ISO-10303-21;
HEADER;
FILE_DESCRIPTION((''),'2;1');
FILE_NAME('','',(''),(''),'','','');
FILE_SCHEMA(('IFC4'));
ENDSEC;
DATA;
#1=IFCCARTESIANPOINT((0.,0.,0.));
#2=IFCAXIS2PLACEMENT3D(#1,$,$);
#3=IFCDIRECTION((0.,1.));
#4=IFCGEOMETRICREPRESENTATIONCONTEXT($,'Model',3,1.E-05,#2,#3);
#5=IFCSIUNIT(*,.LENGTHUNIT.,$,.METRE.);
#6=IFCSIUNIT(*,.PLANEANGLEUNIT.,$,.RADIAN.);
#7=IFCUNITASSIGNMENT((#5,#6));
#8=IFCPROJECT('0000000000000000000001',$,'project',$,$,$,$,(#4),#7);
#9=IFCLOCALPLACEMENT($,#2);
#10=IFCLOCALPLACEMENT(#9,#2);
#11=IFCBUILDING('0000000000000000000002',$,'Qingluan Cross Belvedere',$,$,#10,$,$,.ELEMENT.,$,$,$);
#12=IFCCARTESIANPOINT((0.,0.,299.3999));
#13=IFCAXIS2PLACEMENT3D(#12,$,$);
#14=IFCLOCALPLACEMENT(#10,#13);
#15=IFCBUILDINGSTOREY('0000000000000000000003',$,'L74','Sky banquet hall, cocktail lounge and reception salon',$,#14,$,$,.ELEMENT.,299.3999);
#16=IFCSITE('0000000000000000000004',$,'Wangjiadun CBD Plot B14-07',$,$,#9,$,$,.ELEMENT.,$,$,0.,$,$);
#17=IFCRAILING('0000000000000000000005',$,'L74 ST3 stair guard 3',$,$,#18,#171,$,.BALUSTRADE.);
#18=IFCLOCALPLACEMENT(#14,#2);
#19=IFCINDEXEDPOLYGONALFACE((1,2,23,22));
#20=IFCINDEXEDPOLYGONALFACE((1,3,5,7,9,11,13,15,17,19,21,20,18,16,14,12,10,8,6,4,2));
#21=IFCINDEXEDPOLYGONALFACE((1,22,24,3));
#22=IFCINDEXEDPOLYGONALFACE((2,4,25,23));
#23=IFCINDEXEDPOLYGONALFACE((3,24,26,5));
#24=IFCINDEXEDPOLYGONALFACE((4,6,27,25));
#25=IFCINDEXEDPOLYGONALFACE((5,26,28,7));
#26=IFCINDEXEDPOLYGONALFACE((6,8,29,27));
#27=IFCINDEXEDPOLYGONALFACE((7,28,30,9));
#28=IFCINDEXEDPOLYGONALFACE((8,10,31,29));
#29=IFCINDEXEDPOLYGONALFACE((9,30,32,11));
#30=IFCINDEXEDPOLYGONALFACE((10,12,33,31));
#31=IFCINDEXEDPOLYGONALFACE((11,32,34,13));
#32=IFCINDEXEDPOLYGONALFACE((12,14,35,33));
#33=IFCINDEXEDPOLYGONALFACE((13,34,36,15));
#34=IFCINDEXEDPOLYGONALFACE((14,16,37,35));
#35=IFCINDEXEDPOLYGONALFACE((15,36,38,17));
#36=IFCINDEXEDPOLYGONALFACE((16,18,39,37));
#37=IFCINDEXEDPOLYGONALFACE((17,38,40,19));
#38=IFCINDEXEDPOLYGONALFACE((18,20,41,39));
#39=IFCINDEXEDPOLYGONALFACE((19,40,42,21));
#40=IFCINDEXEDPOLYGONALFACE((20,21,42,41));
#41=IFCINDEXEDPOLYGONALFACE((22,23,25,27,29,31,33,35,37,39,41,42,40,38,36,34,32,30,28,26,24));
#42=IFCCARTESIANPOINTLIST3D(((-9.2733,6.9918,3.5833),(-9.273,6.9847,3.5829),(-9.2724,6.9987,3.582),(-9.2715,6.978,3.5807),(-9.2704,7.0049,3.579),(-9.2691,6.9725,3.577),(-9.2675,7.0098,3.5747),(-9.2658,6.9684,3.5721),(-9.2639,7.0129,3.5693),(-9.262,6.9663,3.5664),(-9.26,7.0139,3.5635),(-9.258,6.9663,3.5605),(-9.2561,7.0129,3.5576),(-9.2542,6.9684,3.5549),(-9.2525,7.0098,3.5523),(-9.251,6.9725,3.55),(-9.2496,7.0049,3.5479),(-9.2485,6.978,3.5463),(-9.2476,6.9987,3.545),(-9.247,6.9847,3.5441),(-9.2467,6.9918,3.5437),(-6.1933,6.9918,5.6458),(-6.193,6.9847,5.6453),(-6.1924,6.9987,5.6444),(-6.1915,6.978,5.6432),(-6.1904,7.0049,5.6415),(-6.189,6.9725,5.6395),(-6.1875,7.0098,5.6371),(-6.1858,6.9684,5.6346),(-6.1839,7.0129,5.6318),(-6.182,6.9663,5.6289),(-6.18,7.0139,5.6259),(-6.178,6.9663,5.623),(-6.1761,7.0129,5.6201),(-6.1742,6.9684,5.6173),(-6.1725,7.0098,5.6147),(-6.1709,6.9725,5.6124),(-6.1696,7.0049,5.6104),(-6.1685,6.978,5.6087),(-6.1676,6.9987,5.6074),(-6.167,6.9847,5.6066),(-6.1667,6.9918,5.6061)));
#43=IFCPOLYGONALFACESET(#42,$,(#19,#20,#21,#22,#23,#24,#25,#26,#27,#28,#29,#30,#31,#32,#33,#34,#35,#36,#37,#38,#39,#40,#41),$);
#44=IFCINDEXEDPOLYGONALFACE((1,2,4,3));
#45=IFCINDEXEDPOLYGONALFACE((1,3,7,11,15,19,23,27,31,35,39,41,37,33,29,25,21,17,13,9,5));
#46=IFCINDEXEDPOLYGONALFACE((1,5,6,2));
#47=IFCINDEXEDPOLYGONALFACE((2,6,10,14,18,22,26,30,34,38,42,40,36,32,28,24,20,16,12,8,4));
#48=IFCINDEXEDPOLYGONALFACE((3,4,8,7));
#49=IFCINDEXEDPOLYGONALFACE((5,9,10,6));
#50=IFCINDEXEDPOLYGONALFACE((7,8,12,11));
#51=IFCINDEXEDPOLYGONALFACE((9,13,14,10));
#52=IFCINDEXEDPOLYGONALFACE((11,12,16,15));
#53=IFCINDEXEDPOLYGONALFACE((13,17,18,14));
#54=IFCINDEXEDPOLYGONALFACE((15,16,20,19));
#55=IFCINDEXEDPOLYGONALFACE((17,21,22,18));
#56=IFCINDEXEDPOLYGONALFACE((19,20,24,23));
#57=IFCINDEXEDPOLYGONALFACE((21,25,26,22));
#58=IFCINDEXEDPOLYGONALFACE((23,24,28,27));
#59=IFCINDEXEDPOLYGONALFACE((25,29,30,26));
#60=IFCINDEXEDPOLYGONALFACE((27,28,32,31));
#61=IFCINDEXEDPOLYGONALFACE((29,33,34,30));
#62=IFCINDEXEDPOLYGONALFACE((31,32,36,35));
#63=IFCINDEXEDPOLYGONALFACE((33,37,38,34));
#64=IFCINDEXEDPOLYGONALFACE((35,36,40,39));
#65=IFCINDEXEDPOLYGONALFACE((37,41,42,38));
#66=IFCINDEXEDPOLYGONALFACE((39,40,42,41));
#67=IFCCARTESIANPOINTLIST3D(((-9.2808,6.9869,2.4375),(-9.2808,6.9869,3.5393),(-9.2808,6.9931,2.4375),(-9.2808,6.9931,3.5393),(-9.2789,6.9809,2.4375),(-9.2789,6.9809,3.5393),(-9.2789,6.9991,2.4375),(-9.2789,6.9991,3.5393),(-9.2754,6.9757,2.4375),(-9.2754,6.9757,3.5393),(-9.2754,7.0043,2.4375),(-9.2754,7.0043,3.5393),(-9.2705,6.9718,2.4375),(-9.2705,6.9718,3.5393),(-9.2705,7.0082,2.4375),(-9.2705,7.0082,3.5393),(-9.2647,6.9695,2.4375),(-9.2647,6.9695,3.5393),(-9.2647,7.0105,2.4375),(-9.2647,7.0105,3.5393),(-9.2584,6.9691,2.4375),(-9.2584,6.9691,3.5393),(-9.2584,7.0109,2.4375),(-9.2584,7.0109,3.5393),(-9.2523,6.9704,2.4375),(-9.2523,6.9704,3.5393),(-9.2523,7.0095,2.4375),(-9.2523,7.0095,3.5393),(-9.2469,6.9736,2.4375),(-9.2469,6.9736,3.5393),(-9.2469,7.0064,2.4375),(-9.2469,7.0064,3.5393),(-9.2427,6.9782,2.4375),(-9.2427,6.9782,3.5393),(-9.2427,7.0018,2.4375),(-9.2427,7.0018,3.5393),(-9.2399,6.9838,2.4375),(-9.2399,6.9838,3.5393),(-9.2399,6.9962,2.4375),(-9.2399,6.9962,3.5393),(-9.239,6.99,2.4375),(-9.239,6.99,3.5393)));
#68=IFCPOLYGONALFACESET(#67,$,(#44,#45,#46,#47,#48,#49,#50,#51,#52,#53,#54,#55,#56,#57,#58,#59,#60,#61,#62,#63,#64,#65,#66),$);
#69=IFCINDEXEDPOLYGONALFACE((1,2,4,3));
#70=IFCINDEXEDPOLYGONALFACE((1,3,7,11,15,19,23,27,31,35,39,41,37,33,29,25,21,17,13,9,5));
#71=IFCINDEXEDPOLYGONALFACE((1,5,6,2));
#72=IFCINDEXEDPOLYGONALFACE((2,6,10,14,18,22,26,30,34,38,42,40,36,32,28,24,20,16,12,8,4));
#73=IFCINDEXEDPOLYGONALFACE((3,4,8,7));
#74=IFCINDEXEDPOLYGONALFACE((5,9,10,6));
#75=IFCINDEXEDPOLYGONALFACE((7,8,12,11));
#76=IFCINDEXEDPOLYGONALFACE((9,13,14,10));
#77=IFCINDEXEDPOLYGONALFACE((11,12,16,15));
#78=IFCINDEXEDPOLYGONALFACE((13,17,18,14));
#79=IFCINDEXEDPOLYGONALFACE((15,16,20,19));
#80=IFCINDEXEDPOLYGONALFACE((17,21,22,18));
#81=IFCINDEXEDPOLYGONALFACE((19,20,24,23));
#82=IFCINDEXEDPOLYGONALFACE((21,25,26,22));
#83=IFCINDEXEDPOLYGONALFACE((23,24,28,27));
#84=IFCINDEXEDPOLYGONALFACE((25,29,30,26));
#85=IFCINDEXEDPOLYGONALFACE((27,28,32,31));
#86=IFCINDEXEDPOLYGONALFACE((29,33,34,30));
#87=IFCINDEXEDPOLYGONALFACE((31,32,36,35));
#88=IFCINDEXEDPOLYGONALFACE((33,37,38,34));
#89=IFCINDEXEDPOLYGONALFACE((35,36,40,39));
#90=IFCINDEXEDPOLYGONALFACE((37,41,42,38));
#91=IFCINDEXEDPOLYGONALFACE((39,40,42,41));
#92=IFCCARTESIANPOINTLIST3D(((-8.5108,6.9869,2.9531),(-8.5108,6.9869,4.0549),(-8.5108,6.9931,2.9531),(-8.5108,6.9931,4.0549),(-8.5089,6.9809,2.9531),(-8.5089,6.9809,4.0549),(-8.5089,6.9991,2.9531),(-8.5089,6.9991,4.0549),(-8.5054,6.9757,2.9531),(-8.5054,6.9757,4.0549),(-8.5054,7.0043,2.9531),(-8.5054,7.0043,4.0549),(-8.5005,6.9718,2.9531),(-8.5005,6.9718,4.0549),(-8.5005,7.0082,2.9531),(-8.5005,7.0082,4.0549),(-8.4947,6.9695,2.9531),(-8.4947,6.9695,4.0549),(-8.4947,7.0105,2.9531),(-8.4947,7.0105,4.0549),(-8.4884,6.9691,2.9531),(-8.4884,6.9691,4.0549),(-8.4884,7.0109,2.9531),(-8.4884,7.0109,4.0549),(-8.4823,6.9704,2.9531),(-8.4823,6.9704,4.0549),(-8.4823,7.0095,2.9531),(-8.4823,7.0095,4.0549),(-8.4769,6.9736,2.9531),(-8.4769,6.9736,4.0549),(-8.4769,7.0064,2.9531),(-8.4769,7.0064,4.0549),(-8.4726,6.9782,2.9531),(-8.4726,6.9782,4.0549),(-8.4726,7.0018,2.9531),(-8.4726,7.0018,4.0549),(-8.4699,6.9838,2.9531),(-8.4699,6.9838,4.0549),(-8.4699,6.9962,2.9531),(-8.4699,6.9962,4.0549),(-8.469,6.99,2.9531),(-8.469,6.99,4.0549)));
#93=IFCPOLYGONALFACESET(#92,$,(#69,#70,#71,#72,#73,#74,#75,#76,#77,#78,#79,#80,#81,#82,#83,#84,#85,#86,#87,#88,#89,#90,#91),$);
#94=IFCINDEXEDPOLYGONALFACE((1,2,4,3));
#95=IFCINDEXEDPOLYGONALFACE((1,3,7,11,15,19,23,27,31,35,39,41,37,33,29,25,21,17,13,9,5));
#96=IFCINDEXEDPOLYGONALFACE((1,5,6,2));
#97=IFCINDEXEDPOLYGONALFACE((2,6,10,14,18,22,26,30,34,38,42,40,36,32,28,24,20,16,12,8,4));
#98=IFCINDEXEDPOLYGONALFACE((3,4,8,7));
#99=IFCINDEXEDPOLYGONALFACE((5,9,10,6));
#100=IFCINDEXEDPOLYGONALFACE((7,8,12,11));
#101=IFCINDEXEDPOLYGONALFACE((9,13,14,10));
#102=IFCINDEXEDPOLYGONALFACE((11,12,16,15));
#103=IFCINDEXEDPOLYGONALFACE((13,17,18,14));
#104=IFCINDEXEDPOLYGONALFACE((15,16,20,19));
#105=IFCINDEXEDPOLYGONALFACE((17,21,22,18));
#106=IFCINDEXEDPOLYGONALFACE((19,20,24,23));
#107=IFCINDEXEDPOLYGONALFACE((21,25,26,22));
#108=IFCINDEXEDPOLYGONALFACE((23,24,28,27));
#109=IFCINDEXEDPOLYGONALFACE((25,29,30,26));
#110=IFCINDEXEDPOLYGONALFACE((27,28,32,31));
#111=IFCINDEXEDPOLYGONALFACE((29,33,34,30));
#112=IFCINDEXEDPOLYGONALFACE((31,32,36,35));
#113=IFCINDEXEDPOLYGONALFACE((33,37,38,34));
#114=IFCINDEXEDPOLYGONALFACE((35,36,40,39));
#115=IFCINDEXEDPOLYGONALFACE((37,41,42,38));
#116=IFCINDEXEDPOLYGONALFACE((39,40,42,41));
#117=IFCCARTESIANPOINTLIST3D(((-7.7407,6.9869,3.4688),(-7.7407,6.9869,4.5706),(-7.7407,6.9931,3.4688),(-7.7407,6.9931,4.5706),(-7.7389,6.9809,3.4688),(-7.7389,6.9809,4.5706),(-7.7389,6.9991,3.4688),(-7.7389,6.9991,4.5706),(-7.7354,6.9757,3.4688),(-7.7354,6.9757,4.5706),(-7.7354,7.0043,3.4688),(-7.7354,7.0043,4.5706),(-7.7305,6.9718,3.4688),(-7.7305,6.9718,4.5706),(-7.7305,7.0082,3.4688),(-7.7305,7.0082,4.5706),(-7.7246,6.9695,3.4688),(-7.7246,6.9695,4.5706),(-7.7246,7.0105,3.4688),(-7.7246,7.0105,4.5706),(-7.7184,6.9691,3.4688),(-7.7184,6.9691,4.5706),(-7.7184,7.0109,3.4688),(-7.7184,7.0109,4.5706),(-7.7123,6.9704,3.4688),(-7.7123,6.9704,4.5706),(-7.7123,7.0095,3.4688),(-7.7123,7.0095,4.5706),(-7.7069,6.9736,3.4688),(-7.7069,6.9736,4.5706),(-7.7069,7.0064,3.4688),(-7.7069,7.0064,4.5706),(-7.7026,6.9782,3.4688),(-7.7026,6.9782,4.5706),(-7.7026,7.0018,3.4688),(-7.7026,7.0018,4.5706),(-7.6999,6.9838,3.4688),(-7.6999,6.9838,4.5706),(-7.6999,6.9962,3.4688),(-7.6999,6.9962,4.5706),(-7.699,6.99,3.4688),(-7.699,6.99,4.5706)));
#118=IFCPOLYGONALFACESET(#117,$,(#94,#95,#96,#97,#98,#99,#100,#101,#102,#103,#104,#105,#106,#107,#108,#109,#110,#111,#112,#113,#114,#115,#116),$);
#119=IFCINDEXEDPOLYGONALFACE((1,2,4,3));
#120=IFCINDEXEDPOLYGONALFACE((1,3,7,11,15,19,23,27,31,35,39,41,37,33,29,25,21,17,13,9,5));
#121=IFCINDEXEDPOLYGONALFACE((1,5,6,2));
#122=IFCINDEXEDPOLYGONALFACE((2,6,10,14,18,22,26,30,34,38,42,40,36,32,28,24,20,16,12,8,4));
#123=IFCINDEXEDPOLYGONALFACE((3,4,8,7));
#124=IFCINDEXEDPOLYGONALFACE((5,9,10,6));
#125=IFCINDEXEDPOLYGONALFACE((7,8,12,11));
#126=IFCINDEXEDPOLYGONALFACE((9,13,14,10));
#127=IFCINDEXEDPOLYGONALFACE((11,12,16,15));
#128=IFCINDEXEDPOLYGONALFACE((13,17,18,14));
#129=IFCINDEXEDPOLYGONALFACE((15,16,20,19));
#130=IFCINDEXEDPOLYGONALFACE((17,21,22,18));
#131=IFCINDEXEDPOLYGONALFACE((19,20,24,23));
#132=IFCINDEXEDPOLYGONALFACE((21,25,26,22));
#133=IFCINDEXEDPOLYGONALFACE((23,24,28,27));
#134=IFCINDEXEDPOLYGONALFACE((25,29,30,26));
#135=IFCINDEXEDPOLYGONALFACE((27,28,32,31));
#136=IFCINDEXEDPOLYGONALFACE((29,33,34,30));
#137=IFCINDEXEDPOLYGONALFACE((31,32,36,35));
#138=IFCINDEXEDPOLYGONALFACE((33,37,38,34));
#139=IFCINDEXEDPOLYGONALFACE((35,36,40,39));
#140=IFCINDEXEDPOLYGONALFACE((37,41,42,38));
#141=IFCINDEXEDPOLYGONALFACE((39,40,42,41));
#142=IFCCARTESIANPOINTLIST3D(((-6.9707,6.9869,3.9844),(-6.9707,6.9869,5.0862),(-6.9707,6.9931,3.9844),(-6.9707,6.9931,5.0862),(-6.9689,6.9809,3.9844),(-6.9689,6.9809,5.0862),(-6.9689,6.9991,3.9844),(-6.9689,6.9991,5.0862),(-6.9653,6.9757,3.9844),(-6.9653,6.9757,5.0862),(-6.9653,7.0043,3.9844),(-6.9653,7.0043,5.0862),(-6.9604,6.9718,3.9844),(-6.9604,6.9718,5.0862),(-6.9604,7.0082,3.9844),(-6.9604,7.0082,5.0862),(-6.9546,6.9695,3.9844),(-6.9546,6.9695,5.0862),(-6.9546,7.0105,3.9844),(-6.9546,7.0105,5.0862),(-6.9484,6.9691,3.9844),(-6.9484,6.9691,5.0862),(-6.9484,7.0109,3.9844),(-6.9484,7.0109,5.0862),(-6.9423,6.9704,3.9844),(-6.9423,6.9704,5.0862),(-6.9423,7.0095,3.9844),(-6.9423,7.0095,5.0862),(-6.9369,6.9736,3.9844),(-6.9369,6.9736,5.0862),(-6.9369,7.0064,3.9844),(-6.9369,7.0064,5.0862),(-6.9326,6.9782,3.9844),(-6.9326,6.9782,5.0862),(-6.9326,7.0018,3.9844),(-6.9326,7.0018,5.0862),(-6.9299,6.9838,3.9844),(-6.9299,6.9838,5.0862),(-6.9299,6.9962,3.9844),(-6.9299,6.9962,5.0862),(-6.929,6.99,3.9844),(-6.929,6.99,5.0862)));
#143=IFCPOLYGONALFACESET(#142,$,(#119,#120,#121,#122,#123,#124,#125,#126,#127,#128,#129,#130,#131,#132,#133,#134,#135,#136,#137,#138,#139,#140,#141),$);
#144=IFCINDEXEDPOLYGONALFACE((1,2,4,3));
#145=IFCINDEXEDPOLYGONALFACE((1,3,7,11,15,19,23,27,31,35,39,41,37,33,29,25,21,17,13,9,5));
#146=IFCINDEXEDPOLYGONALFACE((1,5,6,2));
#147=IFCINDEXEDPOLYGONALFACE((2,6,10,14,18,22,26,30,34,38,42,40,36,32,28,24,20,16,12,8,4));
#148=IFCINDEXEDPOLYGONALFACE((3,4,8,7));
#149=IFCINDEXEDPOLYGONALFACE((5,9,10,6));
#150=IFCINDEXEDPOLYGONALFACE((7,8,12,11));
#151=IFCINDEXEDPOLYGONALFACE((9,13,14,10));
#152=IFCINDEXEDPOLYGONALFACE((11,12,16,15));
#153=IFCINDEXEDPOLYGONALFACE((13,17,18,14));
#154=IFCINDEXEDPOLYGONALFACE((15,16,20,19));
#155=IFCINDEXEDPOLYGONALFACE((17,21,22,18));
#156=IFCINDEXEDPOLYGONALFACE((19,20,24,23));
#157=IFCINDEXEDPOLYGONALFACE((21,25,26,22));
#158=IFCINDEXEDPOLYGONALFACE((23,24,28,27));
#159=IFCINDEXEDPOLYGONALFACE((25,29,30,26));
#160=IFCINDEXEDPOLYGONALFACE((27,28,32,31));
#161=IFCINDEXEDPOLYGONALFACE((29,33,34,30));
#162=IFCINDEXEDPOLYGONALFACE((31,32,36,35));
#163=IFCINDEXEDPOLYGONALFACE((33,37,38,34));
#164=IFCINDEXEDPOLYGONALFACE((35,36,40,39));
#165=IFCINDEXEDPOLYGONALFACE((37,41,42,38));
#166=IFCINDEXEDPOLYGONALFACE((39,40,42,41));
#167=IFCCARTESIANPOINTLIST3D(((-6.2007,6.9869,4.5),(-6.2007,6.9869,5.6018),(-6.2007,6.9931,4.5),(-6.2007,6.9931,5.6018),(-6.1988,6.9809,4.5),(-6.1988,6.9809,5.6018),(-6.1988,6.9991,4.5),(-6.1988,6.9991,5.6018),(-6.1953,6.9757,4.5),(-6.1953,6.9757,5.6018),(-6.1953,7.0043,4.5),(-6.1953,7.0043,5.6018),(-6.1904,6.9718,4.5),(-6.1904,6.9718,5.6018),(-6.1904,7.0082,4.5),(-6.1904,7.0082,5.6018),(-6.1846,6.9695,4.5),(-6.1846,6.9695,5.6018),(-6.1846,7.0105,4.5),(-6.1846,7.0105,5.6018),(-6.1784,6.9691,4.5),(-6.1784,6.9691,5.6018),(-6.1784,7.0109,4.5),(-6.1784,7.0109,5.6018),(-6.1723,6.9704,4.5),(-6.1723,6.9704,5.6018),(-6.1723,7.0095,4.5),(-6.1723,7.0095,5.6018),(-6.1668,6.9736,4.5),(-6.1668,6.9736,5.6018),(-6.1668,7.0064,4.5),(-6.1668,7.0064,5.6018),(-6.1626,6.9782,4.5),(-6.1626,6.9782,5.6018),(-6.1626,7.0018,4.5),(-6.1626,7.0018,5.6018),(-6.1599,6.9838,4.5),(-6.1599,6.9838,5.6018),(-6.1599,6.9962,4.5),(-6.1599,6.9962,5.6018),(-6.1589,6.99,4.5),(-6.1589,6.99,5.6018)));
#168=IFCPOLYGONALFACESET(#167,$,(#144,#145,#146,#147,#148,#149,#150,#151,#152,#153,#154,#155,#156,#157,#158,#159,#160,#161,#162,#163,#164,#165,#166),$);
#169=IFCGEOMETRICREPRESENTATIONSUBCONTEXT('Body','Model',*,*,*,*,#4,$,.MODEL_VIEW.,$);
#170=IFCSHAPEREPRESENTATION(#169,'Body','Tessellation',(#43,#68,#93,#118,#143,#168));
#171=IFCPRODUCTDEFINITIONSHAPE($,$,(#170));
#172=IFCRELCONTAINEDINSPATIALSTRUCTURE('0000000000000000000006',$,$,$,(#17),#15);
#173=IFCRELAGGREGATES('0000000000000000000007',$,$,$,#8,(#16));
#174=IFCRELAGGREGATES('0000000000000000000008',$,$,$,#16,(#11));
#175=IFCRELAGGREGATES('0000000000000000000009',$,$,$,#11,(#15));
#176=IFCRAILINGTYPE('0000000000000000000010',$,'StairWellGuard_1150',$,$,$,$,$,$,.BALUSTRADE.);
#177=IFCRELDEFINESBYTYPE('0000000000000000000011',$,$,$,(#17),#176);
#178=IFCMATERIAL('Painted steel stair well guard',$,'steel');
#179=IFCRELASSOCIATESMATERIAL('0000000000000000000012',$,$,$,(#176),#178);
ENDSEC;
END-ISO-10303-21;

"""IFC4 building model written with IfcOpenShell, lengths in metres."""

from ifc_helpers import new_model, si_unit, direction, frame, origin, origin_2d, place, context, subcontext, project, spatial, circle, extrude, material, type_object, element, save


model = new_model("IFC4")

# Units and contexts
model_context = context("Model", 3, precision=1e-05, world=origin(), true_north=direction((0.0, 1.0)))
body_context = subcontext(model_context, "Body", "Model", "MODEL_VIEW")
ifc_project = project(units=[si_unit("LENGTHUNIT", "METRE"), si_unit("PLANEANGLEUNIT", "RADIAN")], contexts=[model_context])

# Site, building, storey
site_placement = place(None, origin())
site = spatial("IfcSite", under=ifc_project, at=site_placement, Name="Wangjiadun CBD Plot B14-07", CompositionType="ELEMENT", RefElevation=0.0)
building_placement = place(site_placement, origin())
building = spatial("IfcBuilding", under=site, at=building_placement, Name="Qingluan Cross Belvedere", CompositionType="ELEMENT")
storey_placement = place(building_placement, frame((0.0, 0.0, 299.3999)))
storey = spatial("IfcBuildingStorey", under=building, at=storey_placement, Name="L74", Description="Sky banquet hall, cocktail lounge and reception salon", CompositionType="ELEMENT", Elevation=299.3999)

# Railing
ifc_material_1 = material(Name="Painted steel stair well guard", Category="steel")
railing_type_1 = type_object("IfcRailingType", Name="StairWellGuard_1150", PredefinedType="BALUSTRADE", material=ifc_material_1)
railing_1_placement = place(storey_placement, frame((-9.26, 6.99, 2.4375)))
element("IfcRailing", 1, at=railing_1_placement, inside=storey, type_object=railing_type_1, Name="L74 ST3 stair guard 3", PredefinedType="BALUSTRADE", context=body_context, shape_type="SweptSolid", body=[
    extrude(circle(Radius=0.0239, at=origin_2d()), frame((0.0, 0.0, 1.126), z_axis=(0.830914, 0.0, 0.556401), x_axis=(0.0, 1.0, 0.0)), (0.0, 0.0, 1.0), 3.7068),
    extrude(circle(Radius=0.021, at=origin_2d()), origin(), (0.0, 0.0, 1.0), 1.1018),
    extrude(circle(Radius=0.021, at=origin_2d()), frame((0.77, 0.0, 0.5156)), (0.0, 0.0, 1.0), 1.1018),
    extrude(circle(Radius=0.021, at=origin_2d()), frame((1.54, 0.0, 1.0312)), (0.0, 0.0, 1.0), 1.1018),
    extrude(circle(Radius=0.021, at=origin_2d()), frame((2.3101, 0.0, 1.5469)), (0.0, 0.0, 1.0), 1.1018),
    extrude(circle(Radius=0.021, at=origin_2d()), frame((3.0801, 0.0, 2.0625)), (0.0, 0.0, 1.0), 1.1018),
])

save(model, "model.ifc")
